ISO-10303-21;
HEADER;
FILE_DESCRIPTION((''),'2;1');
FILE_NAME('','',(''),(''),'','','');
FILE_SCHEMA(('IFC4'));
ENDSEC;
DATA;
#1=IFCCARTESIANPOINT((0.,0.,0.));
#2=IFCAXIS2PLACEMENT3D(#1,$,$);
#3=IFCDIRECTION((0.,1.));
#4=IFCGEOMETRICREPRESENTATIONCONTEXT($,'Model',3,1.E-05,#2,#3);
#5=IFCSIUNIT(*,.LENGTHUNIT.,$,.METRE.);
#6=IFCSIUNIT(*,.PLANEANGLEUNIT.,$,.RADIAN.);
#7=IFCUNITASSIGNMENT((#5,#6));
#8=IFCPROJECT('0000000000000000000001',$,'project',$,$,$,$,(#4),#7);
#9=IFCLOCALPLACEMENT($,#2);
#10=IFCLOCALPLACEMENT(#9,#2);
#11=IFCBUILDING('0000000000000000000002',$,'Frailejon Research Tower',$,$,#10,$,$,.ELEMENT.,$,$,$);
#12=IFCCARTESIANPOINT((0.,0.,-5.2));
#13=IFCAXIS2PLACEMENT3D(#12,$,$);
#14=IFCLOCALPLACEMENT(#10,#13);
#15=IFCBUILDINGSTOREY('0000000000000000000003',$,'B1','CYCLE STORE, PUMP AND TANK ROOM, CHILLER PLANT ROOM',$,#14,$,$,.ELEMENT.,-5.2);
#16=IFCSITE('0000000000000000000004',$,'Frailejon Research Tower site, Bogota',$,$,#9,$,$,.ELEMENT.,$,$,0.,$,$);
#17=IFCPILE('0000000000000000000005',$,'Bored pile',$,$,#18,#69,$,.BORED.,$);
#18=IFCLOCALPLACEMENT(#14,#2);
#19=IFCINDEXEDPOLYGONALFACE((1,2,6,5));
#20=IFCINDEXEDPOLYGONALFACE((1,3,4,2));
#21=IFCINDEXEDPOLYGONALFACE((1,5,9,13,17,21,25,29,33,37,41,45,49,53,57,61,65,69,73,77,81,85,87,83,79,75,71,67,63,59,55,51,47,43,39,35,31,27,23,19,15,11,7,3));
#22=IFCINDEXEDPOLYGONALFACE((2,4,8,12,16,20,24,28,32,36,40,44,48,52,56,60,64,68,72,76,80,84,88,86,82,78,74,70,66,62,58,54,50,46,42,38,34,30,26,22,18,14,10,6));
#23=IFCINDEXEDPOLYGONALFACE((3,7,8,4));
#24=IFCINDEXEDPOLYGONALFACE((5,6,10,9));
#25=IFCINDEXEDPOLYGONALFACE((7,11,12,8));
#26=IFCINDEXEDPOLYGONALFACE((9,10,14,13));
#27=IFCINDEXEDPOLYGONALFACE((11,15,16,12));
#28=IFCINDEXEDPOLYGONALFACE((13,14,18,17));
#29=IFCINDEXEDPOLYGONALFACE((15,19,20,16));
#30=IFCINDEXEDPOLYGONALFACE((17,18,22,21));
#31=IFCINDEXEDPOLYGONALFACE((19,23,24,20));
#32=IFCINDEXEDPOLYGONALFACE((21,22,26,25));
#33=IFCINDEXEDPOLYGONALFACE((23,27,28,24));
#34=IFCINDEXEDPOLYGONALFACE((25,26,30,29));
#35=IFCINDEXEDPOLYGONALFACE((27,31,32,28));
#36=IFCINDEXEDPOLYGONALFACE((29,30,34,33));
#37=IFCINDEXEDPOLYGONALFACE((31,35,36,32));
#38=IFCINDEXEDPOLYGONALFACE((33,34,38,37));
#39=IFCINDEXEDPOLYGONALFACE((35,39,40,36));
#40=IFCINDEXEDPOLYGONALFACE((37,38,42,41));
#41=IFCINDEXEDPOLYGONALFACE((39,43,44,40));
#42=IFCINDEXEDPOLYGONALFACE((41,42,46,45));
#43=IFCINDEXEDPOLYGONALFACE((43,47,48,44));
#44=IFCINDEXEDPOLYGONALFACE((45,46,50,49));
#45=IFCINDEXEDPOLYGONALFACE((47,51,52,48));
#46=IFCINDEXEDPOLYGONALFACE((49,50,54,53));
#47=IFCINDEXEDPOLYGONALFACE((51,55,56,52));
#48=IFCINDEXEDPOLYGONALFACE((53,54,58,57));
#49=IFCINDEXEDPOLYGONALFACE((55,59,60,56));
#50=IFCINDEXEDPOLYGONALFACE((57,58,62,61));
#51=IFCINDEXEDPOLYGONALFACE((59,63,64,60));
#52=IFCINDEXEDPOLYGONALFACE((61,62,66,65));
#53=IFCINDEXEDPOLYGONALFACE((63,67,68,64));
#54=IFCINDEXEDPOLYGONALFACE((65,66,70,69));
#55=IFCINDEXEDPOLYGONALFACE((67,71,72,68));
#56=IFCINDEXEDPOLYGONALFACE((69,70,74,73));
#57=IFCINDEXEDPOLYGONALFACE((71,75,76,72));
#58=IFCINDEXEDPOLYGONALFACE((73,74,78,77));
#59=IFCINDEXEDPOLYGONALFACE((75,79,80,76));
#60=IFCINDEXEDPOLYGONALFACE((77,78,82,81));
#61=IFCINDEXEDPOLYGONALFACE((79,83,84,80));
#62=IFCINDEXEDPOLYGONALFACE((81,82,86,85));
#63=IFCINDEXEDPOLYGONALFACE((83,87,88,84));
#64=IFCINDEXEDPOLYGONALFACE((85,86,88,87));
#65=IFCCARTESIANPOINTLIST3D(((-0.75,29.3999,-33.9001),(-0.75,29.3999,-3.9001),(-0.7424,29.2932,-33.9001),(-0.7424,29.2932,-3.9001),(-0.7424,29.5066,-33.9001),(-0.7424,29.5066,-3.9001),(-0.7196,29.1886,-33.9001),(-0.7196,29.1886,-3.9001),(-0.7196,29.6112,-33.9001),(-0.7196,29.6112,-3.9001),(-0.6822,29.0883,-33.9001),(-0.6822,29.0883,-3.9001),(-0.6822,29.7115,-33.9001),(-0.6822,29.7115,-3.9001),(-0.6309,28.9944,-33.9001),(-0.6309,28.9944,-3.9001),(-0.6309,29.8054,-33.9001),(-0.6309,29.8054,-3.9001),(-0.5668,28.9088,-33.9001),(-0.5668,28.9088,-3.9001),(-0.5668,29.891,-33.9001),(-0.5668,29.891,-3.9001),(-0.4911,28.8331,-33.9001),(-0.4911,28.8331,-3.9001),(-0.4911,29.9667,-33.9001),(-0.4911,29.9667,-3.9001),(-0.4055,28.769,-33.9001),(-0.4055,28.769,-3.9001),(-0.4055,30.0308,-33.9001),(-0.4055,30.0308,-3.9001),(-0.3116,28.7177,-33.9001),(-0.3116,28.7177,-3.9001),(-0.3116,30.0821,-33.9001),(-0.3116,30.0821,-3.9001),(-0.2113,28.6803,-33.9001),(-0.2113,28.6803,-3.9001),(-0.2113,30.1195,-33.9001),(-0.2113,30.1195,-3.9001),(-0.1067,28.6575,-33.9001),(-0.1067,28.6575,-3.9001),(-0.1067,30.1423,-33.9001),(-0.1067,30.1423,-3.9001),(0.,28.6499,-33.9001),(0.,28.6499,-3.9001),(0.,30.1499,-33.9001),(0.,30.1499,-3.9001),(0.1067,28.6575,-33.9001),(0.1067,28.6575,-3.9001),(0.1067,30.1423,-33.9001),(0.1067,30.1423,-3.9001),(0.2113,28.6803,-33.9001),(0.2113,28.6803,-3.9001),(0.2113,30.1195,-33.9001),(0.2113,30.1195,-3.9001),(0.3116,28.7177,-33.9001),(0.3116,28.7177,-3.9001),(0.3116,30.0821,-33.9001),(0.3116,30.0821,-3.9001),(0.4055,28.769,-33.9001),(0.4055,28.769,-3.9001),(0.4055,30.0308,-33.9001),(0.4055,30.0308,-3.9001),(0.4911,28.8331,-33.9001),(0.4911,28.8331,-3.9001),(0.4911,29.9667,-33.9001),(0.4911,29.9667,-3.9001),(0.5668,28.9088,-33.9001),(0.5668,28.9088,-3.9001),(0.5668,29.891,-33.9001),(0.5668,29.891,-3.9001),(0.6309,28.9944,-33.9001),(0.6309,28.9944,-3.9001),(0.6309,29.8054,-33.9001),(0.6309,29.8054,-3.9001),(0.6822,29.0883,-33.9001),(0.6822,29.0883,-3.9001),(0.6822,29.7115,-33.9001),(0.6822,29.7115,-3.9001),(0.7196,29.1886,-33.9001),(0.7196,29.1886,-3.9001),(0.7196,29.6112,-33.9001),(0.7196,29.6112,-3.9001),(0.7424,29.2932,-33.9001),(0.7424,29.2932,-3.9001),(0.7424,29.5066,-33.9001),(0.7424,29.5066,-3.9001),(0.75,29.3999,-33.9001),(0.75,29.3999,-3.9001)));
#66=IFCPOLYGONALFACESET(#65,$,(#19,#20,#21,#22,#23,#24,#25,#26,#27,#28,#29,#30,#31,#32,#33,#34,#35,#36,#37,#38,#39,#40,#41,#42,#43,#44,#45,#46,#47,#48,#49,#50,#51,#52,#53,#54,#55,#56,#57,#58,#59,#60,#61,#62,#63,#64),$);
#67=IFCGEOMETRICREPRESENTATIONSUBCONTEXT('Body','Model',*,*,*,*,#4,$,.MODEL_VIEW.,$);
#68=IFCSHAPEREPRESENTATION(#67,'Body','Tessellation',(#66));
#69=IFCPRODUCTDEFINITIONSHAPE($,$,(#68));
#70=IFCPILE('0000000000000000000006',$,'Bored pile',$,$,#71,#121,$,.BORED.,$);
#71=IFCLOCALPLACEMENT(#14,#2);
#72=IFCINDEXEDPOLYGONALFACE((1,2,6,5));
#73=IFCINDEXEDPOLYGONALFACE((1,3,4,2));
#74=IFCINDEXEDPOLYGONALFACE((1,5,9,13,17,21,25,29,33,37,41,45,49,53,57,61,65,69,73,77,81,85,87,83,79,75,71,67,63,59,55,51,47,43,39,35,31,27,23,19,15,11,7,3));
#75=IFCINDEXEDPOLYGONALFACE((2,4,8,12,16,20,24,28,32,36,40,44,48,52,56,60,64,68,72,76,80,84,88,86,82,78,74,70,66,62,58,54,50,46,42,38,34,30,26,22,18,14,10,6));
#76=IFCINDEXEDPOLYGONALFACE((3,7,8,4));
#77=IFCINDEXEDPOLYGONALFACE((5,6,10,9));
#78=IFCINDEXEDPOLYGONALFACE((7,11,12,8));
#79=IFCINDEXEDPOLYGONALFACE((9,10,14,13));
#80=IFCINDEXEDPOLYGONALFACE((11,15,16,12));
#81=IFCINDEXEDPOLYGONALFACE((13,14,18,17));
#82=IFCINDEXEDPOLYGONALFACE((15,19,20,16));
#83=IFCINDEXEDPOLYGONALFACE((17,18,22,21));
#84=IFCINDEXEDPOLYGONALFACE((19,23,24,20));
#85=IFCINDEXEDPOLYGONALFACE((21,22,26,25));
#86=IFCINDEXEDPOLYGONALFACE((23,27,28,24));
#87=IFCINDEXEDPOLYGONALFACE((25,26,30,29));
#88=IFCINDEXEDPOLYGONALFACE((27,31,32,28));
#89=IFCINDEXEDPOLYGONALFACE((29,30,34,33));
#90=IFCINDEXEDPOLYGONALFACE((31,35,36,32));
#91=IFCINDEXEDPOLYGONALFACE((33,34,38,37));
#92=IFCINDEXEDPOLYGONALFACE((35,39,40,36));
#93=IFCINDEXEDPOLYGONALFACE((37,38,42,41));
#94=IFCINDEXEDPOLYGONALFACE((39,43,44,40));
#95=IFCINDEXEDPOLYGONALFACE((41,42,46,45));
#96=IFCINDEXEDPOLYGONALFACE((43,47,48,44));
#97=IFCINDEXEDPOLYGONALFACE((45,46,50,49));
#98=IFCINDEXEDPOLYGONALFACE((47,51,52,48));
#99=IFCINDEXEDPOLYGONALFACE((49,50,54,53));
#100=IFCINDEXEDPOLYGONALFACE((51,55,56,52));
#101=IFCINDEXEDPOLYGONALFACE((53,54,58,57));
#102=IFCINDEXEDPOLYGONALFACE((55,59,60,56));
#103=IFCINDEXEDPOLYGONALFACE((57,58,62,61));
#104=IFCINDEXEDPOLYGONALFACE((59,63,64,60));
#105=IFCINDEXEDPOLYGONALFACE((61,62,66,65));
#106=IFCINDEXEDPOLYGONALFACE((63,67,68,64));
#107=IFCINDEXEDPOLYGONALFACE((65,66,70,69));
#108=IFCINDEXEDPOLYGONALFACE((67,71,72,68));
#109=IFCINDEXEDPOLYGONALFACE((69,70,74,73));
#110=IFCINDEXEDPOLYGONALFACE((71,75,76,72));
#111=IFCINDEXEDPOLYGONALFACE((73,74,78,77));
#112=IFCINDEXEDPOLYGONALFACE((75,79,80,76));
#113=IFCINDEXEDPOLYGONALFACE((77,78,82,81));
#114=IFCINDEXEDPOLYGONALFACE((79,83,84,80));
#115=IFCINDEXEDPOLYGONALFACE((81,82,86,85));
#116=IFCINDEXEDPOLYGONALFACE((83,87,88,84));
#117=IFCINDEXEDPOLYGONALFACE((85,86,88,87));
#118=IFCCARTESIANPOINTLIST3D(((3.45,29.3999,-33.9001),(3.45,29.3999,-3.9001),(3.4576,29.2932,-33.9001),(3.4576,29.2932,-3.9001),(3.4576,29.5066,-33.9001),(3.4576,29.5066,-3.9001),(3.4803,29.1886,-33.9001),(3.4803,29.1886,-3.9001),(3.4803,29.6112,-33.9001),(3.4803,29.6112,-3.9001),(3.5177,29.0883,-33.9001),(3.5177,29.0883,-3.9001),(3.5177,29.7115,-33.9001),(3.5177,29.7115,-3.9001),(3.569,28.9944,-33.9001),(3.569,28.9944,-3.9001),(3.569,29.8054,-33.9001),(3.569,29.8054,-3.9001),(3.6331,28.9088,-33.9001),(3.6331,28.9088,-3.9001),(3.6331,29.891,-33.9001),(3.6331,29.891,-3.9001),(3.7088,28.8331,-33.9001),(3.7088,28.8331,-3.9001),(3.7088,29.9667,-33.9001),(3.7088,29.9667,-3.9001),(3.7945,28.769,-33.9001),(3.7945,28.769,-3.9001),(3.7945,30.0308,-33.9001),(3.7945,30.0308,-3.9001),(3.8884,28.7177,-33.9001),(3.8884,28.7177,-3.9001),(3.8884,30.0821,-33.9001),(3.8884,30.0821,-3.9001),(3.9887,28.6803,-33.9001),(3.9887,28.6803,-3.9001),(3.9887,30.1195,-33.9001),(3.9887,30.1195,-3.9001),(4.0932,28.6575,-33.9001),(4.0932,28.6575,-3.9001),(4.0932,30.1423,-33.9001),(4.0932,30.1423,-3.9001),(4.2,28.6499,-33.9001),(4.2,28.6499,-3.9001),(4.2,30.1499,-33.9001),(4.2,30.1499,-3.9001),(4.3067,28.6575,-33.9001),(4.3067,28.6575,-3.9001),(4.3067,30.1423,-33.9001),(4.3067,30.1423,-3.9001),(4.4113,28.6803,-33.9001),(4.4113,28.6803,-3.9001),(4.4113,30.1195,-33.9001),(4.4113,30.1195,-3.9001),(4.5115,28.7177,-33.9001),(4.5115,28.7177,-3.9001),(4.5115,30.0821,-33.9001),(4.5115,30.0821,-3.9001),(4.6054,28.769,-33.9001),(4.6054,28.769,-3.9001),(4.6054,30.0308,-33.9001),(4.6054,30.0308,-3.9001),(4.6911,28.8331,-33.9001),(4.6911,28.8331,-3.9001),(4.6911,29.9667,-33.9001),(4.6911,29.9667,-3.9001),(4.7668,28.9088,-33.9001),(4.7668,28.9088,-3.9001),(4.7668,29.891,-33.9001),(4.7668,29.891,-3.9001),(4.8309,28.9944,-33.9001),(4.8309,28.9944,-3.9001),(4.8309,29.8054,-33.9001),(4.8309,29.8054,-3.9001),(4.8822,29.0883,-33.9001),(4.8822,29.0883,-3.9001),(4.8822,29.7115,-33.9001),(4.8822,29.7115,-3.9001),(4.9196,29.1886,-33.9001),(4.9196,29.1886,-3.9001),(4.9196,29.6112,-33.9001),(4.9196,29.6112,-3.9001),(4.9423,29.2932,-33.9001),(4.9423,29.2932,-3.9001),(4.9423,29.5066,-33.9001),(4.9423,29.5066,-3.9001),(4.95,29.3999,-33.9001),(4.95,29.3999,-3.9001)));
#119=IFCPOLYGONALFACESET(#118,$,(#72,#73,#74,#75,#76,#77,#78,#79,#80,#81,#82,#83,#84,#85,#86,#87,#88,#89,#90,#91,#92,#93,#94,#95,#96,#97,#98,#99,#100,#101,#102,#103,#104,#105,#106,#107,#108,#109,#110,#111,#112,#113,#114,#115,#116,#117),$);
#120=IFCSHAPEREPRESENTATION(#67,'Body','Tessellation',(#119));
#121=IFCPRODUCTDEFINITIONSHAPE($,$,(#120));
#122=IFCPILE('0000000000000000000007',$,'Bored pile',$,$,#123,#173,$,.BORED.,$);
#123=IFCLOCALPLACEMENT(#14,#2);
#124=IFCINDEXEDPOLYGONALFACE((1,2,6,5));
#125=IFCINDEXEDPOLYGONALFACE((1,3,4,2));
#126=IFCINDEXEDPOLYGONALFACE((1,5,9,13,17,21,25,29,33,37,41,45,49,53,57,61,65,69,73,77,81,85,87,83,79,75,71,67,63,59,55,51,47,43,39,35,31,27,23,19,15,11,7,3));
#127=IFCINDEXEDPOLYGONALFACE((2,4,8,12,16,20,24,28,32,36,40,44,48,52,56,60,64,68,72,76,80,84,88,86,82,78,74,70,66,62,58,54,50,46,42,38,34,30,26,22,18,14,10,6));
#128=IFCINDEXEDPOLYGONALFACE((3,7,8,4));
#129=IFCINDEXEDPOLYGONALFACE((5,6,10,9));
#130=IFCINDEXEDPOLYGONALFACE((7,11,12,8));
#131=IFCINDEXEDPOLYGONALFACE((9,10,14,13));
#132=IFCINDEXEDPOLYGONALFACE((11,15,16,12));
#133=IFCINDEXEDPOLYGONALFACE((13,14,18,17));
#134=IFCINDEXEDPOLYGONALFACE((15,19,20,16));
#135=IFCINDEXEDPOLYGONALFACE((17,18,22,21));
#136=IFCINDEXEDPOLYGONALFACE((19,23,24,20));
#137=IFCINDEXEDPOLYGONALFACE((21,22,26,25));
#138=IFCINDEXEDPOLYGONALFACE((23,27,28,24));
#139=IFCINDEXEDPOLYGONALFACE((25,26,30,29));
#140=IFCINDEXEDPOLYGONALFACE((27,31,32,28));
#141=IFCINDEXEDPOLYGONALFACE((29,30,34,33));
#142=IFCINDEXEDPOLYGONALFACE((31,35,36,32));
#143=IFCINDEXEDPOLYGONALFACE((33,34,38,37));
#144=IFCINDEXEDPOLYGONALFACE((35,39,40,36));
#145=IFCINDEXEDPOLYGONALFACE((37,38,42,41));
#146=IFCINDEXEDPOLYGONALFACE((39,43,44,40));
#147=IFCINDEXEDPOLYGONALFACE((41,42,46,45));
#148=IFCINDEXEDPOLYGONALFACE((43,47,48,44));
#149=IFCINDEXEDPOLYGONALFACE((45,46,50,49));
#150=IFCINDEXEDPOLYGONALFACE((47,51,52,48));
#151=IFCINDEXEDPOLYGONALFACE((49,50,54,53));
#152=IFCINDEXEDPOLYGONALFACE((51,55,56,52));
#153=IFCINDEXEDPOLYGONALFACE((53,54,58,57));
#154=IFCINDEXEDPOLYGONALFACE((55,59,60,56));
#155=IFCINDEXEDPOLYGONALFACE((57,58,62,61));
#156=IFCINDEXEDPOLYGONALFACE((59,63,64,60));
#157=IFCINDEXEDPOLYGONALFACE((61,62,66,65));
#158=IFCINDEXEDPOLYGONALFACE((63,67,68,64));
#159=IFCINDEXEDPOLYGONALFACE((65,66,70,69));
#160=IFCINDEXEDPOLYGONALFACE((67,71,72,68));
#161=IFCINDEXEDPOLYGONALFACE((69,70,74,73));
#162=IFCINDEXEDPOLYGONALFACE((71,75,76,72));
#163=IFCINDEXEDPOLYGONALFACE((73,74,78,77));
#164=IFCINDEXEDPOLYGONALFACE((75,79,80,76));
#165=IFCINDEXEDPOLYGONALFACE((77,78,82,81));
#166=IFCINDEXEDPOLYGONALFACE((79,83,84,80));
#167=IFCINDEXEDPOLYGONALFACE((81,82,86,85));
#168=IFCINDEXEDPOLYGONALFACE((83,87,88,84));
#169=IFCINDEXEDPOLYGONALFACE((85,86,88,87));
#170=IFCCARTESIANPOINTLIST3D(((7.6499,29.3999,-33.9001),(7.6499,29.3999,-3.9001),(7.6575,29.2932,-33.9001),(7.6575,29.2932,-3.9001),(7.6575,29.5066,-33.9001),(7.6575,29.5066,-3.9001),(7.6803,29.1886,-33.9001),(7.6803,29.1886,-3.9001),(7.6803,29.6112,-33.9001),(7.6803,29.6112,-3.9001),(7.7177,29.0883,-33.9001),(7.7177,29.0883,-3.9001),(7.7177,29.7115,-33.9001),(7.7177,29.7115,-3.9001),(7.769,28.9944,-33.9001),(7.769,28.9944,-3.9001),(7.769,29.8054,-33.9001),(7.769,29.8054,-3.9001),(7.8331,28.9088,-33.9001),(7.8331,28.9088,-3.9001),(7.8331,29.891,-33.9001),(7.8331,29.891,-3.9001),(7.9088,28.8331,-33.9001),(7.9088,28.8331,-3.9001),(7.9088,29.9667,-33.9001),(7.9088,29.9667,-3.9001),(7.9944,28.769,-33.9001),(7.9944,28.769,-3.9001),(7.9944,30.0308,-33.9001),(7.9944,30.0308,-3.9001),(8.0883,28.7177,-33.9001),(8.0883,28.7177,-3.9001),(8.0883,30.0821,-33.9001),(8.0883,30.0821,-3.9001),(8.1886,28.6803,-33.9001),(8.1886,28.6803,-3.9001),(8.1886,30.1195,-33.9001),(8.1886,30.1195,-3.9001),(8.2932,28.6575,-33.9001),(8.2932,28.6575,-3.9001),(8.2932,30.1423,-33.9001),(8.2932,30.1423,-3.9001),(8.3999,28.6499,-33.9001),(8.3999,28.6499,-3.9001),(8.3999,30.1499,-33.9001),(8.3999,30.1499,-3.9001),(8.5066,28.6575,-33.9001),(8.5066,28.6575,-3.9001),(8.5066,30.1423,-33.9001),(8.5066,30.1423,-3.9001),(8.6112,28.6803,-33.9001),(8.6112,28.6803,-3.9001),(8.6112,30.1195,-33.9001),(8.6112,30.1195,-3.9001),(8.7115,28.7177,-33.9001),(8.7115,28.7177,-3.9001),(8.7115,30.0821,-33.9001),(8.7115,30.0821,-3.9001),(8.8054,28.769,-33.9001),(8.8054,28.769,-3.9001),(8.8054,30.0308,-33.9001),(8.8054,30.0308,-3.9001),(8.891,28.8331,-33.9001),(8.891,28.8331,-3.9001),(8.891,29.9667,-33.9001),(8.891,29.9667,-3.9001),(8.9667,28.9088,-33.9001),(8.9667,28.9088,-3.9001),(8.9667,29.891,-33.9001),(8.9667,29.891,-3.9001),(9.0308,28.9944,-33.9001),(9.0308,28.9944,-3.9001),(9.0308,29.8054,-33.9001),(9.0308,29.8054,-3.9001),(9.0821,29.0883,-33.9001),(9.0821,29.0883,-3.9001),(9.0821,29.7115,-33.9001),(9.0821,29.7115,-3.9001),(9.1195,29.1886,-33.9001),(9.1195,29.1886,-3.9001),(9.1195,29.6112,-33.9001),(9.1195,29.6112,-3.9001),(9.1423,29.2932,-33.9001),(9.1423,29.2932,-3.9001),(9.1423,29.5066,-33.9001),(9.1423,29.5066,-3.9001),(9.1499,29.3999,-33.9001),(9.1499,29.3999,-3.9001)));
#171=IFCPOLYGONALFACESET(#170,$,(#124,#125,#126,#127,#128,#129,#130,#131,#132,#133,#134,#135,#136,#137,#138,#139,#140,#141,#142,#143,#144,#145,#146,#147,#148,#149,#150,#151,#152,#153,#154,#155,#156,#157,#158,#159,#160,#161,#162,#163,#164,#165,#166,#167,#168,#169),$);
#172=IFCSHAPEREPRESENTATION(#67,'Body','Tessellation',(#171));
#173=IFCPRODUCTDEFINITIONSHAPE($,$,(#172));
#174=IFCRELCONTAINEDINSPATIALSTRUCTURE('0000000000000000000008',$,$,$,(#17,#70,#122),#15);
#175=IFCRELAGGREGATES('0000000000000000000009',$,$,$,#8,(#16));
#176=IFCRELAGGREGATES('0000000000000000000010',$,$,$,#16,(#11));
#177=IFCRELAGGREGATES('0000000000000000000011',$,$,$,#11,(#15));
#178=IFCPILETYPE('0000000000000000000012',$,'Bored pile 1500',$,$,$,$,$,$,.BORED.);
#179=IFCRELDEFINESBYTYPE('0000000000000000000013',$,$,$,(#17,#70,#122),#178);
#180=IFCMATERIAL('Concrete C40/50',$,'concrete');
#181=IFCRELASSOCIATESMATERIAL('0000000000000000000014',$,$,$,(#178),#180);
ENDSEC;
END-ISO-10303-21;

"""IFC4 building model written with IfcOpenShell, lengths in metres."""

from ifc_helpers import new_model, si_unit, direction, frame, origin, origin_2d, place, context, subcontext, project, spatial, circle, extrude, material, material_profile, profile_set, type_object, element, save


model = new_model("IFC4")

# Units and contexts
model_context = context("Model", 3, precision=1e-05, world=origin(), true_north=direction((0.0, 1.0)))
body_context = subcontext(model_context, "Body", "Model", "MODEL_VIEW")
ifc_project = project(units=[si_unit("LENGTHUNIT", "METRE"), si_unit("PLANEANGLEUNIT", "RADIAN")], contexts=[model_context])

# Site, building, storey
site_placement = place(None, origin())
site = spatial("IfcSite", under=ifc_project, at=site_placement, Name="Frailejon Research Tower site, Bogota", CompositionType="ELEMENT", RefElevation=0.0)
building_placement = place(site_placement, origin())
building = spatial("IfcBuilding", under=site, at=building_placement, Name="Frailejon Research Tower", CompositionType="ELEMENT")
storey_placement = place(building_placement, frame((0.0, 0.0, -5.2)))
storey = spatial("IfcBuildingStorey", under=building, at=storey_placement, Name="B1", Description="CYCLE STORE, PUMP AND TANK ROOM, CHILLER PLANT ROOM", CompositionType="ELEMENT", Elevation=-5.2)

# Piles
ifc_material_1 = material(Name="Concrete C40/50", Category="concrete")
ifc_material_profile_1 = material_profile(ifc_material_1, circle(Radius=0.75, at=origin_2d()), Name="Bored pile 1500")
ifc_profile_set_1 = profile_set([ifc_material_profile_1], Name="Concrete C40/50")
pile_type = type_object("IfcPileType", Name="Bored pile 1500", PredefinedType="BORED", material=ifc_profile_set_1)
for number, where, z_axis, x_axis, name in (
    (1, (0.0, 29.3999, -3.9001), (0.0, 0.0, -1.0), (1.0, 0.0, 0.0), "Bored pile"),
    (2, (4.2, 29.3999, -3.9001), (0.0, 0.0, -1.0), (1.0, 0.0, 0.0), "Bored pile"),
    (3, (8.3999, 29.3999, -3.9001), (0.0, 0.0, -1.0), (1.0, 0.0, 0.0), "Bored pile"),
):
    element("IfcPile", number, at=place(storey_placement, frame(where, z_axis=z_axis, x_axis=x_axis)), inside=storey, type_object=pile_type, Name=name, PredefinedType="BORED", context=body_context, shape_type="SweptSolid", body=[
        extrude(circle(Radius=0.75, at=origin_2d()), origin(), (0.0, 0.0, 1.0), 30.0),
    ])

save(model, "model.ifc")
